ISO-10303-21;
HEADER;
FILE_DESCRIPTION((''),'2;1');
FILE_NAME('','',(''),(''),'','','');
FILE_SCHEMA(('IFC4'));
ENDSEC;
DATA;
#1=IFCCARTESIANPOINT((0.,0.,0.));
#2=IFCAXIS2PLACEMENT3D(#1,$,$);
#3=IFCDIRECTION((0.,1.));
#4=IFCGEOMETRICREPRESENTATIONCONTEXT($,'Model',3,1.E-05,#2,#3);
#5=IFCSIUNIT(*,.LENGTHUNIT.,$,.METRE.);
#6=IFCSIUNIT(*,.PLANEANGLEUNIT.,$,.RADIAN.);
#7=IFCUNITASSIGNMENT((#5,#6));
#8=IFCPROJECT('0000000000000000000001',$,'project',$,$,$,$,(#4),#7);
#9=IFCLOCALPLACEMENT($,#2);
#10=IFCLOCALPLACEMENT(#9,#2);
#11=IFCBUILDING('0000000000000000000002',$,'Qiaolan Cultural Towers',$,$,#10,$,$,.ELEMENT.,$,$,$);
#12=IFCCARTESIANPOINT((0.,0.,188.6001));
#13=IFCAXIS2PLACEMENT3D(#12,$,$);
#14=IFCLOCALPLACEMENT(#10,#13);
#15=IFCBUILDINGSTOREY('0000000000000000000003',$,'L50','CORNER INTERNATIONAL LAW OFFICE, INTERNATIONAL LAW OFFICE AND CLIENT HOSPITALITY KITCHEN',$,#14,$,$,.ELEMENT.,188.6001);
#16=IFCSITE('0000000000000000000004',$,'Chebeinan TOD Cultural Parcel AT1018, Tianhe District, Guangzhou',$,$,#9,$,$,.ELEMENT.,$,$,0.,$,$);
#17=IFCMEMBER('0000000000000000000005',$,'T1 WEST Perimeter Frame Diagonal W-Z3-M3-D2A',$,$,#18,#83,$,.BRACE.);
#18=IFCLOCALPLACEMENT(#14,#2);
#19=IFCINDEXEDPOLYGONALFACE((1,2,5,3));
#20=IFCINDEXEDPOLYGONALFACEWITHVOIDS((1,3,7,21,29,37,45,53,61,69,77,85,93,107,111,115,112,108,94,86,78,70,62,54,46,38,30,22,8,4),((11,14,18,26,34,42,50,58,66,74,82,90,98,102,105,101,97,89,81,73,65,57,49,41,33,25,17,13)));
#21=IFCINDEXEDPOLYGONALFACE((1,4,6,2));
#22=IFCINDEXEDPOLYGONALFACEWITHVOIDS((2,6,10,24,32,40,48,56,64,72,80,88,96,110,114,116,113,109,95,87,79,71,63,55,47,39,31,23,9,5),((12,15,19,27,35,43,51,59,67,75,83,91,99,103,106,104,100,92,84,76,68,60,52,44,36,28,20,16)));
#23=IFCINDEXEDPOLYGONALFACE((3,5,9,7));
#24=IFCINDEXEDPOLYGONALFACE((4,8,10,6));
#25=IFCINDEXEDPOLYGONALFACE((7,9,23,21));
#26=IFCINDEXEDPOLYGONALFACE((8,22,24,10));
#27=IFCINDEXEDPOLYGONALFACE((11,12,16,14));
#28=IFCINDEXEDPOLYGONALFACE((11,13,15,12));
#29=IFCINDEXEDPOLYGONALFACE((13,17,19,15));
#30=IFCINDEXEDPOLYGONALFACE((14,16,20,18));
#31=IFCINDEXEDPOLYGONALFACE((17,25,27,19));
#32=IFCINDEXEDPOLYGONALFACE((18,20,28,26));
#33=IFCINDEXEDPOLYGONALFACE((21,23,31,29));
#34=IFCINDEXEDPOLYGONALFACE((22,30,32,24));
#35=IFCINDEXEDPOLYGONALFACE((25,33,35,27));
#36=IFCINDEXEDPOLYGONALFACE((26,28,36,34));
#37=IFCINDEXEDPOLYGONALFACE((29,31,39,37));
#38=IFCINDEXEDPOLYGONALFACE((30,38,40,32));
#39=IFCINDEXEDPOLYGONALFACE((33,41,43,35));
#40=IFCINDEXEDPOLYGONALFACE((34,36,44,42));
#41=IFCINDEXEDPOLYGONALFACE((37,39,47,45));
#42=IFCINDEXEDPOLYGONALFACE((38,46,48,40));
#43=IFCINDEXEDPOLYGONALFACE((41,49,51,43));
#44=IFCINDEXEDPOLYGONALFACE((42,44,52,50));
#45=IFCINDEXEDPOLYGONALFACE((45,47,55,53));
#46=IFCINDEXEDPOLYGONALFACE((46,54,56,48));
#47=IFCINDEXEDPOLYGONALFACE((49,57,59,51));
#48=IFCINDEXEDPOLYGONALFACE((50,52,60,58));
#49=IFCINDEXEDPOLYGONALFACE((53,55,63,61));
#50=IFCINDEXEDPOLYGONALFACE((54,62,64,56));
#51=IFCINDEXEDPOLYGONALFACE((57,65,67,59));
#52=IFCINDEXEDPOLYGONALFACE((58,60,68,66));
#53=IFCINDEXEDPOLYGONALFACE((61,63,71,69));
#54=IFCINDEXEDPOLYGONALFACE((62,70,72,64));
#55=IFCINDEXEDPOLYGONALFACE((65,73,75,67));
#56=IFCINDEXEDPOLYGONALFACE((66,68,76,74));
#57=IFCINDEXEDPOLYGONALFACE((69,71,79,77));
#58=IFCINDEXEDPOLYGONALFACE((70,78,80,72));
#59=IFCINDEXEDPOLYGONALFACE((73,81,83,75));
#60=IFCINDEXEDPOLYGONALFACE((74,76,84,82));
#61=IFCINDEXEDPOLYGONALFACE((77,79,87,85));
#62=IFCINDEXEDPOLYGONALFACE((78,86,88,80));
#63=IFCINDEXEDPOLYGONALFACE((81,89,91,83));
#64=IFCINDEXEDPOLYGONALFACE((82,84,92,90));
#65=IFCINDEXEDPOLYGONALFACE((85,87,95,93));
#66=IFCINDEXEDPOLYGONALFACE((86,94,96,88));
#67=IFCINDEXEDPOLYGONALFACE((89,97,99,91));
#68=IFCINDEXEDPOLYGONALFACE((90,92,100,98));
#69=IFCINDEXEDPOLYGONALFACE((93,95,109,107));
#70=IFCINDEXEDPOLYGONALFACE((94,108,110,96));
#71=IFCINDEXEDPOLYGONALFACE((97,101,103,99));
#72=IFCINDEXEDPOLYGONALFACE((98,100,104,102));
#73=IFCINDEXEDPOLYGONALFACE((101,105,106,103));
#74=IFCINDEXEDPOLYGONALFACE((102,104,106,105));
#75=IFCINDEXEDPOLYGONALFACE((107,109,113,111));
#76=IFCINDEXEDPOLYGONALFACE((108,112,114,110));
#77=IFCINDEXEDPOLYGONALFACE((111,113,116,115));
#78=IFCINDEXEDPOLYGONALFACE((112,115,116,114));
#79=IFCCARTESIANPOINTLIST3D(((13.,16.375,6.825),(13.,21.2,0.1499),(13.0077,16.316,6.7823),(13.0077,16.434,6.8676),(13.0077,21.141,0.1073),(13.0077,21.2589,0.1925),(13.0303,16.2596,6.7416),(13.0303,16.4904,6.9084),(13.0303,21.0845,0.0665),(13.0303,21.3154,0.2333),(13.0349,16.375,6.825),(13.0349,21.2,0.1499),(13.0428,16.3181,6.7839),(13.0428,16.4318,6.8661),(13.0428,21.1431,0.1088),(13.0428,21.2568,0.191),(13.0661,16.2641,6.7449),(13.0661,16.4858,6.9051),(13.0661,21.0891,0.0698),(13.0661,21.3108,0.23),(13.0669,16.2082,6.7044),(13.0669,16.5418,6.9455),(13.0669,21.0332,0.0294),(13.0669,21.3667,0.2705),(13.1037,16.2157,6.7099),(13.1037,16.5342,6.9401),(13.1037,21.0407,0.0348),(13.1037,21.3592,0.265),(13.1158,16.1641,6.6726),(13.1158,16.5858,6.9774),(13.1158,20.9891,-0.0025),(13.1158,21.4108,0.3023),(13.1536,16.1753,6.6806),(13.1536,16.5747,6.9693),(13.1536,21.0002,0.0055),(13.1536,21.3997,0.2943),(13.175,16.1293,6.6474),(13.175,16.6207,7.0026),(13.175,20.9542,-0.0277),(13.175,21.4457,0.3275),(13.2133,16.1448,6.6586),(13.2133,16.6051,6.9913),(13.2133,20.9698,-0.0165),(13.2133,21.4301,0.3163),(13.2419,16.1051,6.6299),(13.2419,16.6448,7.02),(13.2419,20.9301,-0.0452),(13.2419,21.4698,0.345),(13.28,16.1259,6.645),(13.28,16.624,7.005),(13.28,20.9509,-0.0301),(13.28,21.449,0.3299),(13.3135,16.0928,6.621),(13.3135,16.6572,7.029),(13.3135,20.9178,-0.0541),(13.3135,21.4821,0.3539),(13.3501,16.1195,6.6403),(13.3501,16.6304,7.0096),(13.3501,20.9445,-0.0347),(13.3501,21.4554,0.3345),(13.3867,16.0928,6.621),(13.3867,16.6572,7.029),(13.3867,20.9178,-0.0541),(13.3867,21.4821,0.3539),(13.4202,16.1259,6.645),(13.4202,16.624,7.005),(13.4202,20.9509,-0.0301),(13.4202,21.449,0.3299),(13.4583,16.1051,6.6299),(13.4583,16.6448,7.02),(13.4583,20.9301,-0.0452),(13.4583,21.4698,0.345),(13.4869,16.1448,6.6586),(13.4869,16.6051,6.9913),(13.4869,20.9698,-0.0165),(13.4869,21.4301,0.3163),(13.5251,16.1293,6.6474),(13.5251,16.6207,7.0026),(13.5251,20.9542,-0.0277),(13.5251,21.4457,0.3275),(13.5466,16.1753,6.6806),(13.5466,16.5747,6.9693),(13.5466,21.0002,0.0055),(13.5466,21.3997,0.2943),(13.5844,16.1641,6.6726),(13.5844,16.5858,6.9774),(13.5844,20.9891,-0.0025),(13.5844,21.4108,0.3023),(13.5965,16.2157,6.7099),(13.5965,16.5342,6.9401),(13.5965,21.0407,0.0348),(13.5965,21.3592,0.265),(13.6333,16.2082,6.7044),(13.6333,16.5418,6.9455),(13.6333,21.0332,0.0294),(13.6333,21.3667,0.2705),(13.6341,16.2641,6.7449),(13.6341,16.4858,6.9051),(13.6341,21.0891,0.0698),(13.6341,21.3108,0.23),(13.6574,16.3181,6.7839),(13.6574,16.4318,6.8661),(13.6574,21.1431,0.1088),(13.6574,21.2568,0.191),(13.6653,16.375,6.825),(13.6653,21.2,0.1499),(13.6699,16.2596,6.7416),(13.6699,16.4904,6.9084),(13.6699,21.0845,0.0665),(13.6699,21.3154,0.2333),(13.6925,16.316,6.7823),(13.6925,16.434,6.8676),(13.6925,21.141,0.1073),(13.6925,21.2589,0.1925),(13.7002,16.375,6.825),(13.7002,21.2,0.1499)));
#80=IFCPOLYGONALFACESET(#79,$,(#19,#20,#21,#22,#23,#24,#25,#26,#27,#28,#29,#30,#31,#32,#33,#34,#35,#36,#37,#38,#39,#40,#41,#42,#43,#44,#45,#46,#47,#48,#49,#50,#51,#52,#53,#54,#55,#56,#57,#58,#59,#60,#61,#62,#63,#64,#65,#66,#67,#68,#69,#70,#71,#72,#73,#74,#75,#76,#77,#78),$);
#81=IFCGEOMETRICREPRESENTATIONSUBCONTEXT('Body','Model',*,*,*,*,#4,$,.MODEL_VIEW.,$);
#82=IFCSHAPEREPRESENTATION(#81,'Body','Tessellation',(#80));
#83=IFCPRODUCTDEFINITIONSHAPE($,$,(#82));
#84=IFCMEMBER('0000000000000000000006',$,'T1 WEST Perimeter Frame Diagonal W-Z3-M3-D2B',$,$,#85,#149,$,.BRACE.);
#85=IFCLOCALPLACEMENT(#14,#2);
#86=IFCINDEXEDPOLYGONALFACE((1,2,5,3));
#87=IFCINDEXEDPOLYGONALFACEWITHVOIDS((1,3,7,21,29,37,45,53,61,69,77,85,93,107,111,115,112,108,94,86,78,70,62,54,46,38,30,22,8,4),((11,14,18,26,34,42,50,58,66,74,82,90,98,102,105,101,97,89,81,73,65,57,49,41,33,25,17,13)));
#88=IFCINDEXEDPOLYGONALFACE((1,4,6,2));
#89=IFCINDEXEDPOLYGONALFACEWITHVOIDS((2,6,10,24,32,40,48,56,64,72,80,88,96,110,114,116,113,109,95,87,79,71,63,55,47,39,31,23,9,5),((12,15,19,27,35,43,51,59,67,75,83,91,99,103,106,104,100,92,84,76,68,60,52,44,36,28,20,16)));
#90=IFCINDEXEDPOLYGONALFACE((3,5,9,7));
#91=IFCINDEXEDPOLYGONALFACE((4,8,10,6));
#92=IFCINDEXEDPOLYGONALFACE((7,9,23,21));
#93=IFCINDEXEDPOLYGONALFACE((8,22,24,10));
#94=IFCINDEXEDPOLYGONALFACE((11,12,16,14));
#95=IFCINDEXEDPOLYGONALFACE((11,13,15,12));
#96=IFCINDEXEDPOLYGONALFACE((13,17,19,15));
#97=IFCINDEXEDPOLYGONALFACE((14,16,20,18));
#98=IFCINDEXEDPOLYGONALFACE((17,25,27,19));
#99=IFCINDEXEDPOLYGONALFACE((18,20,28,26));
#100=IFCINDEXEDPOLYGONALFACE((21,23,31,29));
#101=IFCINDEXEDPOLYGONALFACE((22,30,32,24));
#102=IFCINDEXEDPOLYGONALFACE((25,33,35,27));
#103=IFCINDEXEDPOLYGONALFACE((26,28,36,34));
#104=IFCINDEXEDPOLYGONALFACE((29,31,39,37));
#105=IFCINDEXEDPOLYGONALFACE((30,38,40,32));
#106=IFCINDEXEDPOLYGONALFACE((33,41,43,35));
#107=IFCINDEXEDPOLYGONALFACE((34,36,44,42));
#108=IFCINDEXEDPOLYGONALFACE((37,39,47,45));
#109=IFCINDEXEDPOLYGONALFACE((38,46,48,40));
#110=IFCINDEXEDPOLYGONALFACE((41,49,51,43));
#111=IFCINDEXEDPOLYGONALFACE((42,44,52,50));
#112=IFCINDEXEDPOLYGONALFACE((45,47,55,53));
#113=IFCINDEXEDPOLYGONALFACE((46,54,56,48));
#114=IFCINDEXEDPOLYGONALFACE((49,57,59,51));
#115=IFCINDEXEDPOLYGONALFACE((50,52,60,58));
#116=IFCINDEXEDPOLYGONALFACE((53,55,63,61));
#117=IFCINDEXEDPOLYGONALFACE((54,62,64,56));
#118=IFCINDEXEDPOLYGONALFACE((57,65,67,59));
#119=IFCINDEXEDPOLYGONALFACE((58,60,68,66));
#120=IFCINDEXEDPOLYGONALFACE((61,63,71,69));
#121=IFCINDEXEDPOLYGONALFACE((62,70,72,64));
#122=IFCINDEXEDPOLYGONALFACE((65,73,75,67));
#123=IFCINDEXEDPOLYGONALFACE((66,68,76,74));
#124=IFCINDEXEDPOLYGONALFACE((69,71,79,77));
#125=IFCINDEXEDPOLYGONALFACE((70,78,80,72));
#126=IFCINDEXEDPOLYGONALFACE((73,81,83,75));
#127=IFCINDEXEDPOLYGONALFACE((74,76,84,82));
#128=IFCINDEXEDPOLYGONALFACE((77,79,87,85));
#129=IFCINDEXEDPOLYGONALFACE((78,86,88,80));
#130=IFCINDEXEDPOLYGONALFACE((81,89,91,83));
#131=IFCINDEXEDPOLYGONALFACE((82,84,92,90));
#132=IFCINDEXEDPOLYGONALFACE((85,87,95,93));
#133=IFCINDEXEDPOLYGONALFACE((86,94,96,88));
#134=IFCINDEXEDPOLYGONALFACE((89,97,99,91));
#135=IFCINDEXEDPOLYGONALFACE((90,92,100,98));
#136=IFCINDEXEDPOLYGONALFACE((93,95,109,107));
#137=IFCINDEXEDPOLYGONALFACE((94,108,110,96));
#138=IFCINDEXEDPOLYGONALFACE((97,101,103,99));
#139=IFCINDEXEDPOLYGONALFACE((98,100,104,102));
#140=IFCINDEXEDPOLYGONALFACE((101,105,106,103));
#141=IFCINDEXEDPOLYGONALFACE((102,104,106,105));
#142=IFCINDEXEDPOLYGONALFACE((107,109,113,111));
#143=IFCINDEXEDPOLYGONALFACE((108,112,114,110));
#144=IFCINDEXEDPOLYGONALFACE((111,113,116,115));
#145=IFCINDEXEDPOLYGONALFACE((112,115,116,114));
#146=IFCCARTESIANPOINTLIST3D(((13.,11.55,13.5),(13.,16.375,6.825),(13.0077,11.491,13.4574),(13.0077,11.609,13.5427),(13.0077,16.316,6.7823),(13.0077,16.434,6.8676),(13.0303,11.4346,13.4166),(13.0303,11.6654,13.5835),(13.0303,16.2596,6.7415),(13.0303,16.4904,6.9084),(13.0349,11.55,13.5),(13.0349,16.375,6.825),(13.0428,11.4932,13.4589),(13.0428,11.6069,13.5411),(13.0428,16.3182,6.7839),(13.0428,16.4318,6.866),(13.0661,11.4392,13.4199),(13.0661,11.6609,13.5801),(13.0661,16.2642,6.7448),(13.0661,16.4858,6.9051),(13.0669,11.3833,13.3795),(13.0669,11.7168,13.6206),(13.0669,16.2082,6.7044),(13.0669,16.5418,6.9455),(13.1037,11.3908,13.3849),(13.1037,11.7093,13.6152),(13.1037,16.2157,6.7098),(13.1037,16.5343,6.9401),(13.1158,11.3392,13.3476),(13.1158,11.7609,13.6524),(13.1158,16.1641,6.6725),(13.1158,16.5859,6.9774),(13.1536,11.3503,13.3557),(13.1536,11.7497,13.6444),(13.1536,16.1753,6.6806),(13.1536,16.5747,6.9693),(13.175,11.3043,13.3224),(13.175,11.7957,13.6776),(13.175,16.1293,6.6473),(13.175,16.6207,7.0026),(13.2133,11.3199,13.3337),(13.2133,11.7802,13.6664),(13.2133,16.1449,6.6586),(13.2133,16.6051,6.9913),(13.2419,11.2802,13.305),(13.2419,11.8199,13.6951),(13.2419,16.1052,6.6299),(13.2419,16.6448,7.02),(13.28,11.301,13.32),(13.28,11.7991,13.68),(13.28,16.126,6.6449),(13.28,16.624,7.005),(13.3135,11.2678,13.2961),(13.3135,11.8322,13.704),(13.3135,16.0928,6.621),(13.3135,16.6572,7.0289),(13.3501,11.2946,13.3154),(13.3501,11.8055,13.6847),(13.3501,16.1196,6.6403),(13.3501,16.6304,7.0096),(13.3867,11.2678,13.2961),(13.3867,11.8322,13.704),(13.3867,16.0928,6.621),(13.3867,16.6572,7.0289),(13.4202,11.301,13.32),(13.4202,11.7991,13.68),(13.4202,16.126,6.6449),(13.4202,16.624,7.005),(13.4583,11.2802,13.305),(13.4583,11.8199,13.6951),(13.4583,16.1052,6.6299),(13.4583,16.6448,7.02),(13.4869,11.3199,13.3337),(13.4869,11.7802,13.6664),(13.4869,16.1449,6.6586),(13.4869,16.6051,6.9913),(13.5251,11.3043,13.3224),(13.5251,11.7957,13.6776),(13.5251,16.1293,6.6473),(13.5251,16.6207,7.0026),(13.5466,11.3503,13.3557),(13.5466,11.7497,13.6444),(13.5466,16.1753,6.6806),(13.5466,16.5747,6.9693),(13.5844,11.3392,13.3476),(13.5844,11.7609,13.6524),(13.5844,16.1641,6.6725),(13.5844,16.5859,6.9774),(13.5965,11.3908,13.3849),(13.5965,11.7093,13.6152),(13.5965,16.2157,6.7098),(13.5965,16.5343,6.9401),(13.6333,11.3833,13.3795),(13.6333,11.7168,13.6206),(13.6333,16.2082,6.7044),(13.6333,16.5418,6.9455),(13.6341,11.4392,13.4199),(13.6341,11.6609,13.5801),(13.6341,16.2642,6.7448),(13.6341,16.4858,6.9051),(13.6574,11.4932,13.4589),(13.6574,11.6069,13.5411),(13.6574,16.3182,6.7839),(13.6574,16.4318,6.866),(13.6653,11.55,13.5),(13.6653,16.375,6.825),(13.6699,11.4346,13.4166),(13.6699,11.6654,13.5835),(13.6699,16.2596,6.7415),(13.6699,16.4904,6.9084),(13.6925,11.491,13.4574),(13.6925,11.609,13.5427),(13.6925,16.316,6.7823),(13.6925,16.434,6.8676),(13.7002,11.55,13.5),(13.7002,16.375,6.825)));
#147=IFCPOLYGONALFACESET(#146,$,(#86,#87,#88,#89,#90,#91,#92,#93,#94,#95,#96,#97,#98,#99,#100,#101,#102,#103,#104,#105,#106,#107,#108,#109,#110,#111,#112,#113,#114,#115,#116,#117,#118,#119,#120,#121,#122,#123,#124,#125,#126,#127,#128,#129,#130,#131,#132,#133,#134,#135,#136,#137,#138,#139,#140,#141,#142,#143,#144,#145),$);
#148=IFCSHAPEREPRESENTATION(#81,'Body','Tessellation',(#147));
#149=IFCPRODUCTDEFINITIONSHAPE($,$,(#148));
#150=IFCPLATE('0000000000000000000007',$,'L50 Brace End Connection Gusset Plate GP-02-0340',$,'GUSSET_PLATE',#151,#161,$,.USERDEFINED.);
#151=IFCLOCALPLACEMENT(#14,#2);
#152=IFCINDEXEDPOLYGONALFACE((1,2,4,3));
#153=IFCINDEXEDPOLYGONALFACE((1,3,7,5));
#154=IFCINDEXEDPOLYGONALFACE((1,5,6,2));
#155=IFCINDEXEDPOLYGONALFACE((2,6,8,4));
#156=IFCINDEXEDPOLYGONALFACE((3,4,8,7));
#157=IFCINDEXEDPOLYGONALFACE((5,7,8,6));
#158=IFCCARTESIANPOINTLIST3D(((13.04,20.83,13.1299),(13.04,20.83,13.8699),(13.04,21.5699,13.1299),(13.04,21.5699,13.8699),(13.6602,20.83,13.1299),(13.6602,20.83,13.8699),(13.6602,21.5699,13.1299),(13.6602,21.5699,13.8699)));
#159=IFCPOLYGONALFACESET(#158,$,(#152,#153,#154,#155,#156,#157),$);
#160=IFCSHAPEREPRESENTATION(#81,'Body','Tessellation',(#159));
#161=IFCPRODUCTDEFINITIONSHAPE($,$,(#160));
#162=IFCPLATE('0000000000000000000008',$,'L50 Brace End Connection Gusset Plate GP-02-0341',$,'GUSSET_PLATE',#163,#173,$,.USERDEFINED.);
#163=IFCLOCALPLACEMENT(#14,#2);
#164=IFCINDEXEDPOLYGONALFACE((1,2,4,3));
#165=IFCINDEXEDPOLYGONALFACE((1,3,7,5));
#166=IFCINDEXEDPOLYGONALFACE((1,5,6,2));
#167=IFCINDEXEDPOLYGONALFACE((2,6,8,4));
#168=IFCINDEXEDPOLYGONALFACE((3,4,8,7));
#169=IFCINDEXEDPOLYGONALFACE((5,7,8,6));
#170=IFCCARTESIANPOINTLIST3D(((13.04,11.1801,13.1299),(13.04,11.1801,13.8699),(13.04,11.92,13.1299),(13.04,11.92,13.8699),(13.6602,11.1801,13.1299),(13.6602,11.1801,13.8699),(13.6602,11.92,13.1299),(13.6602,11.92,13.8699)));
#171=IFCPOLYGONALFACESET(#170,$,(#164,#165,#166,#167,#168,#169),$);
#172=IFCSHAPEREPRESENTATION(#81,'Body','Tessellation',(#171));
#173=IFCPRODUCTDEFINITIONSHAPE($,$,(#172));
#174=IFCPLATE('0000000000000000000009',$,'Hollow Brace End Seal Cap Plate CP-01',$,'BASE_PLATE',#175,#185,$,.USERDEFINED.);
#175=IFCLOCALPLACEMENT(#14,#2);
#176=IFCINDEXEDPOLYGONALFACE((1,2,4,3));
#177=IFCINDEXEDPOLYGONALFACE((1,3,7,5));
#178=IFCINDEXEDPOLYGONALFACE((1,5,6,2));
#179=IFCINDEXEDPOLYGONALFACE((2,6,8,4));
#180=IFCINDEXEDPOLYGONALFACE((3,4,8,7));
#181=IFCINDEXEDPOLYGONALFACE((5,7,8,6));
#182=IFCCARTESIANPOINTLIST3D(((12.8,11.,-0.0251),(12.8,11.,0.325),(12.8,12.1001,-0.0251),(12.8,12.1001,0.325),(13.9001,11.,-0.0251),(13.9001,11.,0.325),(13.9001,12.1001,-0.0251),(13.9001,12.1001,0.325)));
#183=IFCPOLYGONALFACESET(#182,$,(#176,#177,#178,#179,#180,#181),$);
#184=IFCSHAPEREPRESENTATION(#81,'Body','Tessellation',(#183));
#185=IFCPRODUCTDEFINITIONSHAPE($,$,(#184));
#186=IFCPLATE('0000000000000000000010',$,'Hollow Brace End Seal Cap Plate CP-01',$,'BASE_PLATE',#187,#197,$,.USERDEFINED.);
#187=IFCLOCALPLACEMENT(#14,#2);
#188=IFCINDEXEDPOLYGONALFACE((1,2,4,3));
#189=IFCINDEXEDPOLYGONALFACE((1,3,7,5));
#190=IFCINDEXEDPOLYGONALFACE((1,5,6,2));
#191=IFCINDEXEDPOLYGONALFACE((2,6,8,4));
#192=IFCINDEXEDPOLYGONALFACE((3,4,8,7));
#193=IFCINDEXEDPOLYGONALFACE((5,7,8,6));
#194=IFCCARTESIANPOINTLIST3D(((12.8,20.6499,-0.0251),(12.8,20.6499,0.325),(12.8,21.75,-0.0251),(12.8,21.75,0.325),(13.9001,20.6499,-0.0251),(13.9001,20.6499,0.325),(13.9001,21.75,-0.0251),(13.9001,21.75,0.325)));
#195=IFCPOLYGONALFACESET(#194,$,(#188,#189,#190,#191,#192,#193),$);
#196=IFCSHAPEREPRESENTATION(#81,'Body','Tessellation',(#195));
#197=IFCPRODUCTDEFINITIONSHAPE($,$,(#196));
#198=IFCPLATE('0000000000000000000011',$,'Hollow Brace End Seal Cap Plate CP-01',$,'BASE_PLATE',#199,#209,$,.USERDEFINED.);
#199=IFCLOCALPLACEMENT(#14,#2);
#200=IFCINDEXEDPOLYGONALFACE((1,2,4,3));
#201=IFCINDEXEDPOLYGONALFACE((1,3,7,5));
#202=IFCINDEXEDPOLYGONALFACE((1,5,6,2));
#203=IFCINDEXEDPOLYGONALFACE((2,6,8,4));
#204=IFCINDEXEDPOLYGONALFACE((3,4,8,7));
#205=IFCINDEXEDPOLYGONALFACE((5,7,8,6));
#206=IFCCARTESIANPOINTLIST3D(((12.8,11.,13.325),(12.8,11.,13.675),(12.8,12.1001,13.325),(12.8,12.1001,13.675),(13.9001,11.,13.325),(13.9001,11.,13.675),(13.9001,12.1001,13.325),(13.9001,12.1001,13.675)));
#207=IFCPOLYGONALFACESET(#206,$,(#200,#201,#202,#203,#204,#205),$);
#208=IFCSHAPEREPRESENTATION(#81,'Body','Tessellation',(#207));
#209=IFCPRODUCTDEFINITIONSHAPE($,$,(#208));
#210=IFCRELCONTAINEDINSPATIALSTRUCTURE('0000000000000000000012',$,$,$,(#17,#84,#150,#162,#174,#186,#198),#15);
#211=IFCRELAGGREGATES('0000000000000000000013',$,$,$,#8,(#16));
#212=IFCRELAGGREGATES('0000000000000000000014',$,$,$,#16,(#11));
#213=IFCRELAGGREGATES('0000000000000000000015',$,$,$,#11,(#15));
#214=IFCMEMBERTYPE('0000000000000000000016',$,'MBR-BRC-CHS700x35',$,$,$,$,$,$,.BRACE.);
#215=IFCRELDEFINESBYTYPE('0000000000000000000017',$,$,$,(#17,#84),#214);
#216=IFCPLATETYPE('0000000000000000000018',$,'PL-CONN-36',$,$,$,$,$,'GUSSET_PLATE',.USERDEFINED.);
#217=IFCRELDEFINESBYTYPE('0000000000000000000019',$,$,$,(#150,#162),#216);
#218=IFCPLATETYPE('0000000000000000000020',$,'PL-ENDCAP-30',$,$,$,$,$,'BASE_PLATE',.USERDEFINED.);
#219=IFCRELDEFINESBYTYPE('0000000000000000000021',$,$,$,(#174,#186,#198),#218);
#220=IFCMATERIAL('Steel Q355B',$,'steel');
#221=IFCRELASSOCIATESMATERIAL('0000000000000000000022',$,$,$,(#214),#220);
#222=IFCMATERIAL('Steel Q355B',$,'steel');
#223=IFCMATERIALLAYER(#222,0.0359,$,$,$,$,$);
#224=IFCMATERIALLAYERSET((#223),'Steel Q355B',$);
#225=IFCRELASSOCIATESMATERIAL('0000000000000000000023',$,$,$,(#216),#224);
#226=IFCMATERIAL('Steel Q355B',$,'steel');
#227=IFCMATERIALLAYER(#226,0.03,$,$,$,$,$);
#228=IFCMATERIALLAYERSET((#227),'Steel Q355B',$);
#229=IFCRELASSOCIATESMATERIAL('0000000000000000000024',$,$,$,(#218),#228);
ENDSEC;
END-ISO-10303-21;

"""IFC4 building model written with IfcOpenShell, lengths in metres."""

from ifc_helpers import new_model, si_unit, direction, frame, origin, origin_2d, place, context, subcontext, project, spatial, rectangle, hollow_circle, extrude, material, layer, layer_set, material_profile, profile_set, type_object, element, save


model = new_model("IFC4")

# Units and contexts
model_context = context("Model", 3, precision=1e-05, world=origin(), true_north=direction((0.0, 1.0)))
body_context = subcontext(model_context, "Body", "Model", "MODEL_VIEW")
ifc_project = project(units=[si_unit("LENGTHUNIT", "METRE"), si_unit("PLANEANGLEUNIT", "RADIAN")], contexts=[model_context])

# Site, building, storey
site_placement = place(None, origin())
site = spatial("IfcSite", under=ifc_project, at=site_placement, Name="Chebeinan TOD Cultural Parcel AT1018, Tianhe District, Guangzhou", CompositionType="ELEMENT", RefElevation=0.0)
building_placement = place(site_placement, origin())
building = spatial("IfcBuilding", under=site, at=building_placement, Name="Qiaolan Cultural Towers", CompositionType="ELEMENT")
storey_placement = place(building_placement, frame((0.0, 0.0, 188.6001)))
storey = spatial("IfcBuildingStorey", under=building, at=storey_placement, Name="L50", Description="CORNER INTERNATIONAL LAW OFFICE, INTERNATIONAL LAW OFFICE AND CLIENT HOSPITALITY KITCHEN", CompositionType="ELEMENT", Elevation=188.6001)

# Members
ifc_material_1 = material(Name="Steel Q355B", Category="steel")
ifc_material_profile_1 = material_profile(ifc_material_1, hollow_circle(Radius=0.3501, WallThickness=0.0349, at=origin_2d()), Name="CHS700x35")
ifc_profile_set_1 = profile_set([ifc_material_profile_1], Name="Steel Q355B")
member_type = type_object("IfcMemberType", Name="MBR-BRC-CHS700x35", PredefinedType="BRACE", material=ifc_profile_set_1)
for number, where, z_axis, x_axis, name in (
    (1, (13.3501, 21.2, 0.1499), (0.0, -0.585816, 0.810444), (1.0, 0.0, 0.0), "T1 WEST Perimeter Frame Diagonal W-Z3-M3-D2A"),
    (2, (13.3501, 16.375, 6.825), (0.0, -0.585816, 0.810444), (1.0, 0.0, 0.0), "T1 WEST Perimeter Frame Diagonal W-Z3-M3-D2B"),
):
    element("IfcMember", number, at=place(storey_placement, frame(where, z_axis=z_axis, x_axis=x_axis)), inside=storey, type_object=member_type, Name=name, PredefinedType="BRACE", context=body_context, shape_type="SweptSolid", body=[
        extrude(hollow_circle(Radius=0.3501, WallThickness=0.0349, at=origin_2d()), origin(), (0.0, 0.0, 1.0), 8.2363),
    ])

# Plates
ifc_material_2 = material(Name="Steel Q355B", Category="steel")
ifc_layer_1 = layer(ifc_material_2, 0.0359)
ifc_layer_set_1 = layer_set([ifc_layer_1], Name="Steel Q355B")
plate_type_1 = type_object("IfcPlateType", Name="PL-CONN-36", ElementType="GUSSET_PLATE", PredefinedType="USERDEFINED", material=ifc_layer_set_1)
for number, where, z_axis, x_axis, name in (
    (3, (13.3501, 21.2, 13.1299), (0.0, 0.0, 1.0), (0.0, 1.0, 0.0), "L50 Brace End Connection Gusset Plate GP-02-0340"),
    (4, (13.3501, 11.55, 13.1299), (0.0, 0.0, 1.0), (0.0, 1.0, 0.0), "L50 Brace End Connection Gusset Plate GP-02-0341"),
):
    element("IfcPlate", number, at=place(storey_placement, frame(where, z_axis=z_axis, x_axis=x_axis)), inside=storey, type_object=plate_type_1, Name=name, ObjectType="GUSSET_PLATE", PredefinedType="USERDEFINED", context=body_context, shape_type="SweptSolid", body=[
        extrude(rectangle(XDim=0.74, YDim=0.6201, at=origin_2d()), origin(), (0.0, 0.0, 1.0), 0.74),
    ])
ifc_material_3 = material(Name="Steel Q355B", Category="steel")
ifc_layer_2 = layer(ifc_material_3, 0.03)
ifc_layer_set_2 = layer_set([ifc_layer_2], Name="Steel Q355B")
plate_type_2 = type_object("IfcPlateType", Name="PL-ENDCAP-30", ElementType="BASE_PLATE", PredefinedType="USERDEFINED", material=ifc_layer_set_2)
for number, where, z_axis, x_axis, name in (
    (5, (13.3501, 11.55, -0.0251), (0.0, 0.0, 1.0), (0.0, 1.0, 0.0), "Hollow Brace End Seal Cap Plate CP-01"),
    (6, (13.3501, 21.2, -0.0251), (0.0, 0.0, 1.0), (0.0, 1.0, 0.0), "Hollow Brace End Seal Cap Plate CP-01"),
    (7, (13.3501, 11.55, 13.325), (0.0, 0.0, 1.0), (0.0, 1.0, 0.0), "Hollow Brace End Seal Cap Plate CP-01"),
):
    element("IfcPlate", number, at=place(storey_placement, frame(where, z_axis=z_axis, x_axis=x_axis)), inside=storey, type_object=plate_type_2, Name=name, ObjectType="BASE_PLATE", PredefinedType="USERDEFINED", context=body_context, shape_type="SweptSolid", body=[
        extrude(rectangle(XDim=1.1001, YDim=1.1001, at=origin_2d()), origin(), (0.0, 0.0, 1.0), 0.3501),
    ])

save(model, "model.ifc")
